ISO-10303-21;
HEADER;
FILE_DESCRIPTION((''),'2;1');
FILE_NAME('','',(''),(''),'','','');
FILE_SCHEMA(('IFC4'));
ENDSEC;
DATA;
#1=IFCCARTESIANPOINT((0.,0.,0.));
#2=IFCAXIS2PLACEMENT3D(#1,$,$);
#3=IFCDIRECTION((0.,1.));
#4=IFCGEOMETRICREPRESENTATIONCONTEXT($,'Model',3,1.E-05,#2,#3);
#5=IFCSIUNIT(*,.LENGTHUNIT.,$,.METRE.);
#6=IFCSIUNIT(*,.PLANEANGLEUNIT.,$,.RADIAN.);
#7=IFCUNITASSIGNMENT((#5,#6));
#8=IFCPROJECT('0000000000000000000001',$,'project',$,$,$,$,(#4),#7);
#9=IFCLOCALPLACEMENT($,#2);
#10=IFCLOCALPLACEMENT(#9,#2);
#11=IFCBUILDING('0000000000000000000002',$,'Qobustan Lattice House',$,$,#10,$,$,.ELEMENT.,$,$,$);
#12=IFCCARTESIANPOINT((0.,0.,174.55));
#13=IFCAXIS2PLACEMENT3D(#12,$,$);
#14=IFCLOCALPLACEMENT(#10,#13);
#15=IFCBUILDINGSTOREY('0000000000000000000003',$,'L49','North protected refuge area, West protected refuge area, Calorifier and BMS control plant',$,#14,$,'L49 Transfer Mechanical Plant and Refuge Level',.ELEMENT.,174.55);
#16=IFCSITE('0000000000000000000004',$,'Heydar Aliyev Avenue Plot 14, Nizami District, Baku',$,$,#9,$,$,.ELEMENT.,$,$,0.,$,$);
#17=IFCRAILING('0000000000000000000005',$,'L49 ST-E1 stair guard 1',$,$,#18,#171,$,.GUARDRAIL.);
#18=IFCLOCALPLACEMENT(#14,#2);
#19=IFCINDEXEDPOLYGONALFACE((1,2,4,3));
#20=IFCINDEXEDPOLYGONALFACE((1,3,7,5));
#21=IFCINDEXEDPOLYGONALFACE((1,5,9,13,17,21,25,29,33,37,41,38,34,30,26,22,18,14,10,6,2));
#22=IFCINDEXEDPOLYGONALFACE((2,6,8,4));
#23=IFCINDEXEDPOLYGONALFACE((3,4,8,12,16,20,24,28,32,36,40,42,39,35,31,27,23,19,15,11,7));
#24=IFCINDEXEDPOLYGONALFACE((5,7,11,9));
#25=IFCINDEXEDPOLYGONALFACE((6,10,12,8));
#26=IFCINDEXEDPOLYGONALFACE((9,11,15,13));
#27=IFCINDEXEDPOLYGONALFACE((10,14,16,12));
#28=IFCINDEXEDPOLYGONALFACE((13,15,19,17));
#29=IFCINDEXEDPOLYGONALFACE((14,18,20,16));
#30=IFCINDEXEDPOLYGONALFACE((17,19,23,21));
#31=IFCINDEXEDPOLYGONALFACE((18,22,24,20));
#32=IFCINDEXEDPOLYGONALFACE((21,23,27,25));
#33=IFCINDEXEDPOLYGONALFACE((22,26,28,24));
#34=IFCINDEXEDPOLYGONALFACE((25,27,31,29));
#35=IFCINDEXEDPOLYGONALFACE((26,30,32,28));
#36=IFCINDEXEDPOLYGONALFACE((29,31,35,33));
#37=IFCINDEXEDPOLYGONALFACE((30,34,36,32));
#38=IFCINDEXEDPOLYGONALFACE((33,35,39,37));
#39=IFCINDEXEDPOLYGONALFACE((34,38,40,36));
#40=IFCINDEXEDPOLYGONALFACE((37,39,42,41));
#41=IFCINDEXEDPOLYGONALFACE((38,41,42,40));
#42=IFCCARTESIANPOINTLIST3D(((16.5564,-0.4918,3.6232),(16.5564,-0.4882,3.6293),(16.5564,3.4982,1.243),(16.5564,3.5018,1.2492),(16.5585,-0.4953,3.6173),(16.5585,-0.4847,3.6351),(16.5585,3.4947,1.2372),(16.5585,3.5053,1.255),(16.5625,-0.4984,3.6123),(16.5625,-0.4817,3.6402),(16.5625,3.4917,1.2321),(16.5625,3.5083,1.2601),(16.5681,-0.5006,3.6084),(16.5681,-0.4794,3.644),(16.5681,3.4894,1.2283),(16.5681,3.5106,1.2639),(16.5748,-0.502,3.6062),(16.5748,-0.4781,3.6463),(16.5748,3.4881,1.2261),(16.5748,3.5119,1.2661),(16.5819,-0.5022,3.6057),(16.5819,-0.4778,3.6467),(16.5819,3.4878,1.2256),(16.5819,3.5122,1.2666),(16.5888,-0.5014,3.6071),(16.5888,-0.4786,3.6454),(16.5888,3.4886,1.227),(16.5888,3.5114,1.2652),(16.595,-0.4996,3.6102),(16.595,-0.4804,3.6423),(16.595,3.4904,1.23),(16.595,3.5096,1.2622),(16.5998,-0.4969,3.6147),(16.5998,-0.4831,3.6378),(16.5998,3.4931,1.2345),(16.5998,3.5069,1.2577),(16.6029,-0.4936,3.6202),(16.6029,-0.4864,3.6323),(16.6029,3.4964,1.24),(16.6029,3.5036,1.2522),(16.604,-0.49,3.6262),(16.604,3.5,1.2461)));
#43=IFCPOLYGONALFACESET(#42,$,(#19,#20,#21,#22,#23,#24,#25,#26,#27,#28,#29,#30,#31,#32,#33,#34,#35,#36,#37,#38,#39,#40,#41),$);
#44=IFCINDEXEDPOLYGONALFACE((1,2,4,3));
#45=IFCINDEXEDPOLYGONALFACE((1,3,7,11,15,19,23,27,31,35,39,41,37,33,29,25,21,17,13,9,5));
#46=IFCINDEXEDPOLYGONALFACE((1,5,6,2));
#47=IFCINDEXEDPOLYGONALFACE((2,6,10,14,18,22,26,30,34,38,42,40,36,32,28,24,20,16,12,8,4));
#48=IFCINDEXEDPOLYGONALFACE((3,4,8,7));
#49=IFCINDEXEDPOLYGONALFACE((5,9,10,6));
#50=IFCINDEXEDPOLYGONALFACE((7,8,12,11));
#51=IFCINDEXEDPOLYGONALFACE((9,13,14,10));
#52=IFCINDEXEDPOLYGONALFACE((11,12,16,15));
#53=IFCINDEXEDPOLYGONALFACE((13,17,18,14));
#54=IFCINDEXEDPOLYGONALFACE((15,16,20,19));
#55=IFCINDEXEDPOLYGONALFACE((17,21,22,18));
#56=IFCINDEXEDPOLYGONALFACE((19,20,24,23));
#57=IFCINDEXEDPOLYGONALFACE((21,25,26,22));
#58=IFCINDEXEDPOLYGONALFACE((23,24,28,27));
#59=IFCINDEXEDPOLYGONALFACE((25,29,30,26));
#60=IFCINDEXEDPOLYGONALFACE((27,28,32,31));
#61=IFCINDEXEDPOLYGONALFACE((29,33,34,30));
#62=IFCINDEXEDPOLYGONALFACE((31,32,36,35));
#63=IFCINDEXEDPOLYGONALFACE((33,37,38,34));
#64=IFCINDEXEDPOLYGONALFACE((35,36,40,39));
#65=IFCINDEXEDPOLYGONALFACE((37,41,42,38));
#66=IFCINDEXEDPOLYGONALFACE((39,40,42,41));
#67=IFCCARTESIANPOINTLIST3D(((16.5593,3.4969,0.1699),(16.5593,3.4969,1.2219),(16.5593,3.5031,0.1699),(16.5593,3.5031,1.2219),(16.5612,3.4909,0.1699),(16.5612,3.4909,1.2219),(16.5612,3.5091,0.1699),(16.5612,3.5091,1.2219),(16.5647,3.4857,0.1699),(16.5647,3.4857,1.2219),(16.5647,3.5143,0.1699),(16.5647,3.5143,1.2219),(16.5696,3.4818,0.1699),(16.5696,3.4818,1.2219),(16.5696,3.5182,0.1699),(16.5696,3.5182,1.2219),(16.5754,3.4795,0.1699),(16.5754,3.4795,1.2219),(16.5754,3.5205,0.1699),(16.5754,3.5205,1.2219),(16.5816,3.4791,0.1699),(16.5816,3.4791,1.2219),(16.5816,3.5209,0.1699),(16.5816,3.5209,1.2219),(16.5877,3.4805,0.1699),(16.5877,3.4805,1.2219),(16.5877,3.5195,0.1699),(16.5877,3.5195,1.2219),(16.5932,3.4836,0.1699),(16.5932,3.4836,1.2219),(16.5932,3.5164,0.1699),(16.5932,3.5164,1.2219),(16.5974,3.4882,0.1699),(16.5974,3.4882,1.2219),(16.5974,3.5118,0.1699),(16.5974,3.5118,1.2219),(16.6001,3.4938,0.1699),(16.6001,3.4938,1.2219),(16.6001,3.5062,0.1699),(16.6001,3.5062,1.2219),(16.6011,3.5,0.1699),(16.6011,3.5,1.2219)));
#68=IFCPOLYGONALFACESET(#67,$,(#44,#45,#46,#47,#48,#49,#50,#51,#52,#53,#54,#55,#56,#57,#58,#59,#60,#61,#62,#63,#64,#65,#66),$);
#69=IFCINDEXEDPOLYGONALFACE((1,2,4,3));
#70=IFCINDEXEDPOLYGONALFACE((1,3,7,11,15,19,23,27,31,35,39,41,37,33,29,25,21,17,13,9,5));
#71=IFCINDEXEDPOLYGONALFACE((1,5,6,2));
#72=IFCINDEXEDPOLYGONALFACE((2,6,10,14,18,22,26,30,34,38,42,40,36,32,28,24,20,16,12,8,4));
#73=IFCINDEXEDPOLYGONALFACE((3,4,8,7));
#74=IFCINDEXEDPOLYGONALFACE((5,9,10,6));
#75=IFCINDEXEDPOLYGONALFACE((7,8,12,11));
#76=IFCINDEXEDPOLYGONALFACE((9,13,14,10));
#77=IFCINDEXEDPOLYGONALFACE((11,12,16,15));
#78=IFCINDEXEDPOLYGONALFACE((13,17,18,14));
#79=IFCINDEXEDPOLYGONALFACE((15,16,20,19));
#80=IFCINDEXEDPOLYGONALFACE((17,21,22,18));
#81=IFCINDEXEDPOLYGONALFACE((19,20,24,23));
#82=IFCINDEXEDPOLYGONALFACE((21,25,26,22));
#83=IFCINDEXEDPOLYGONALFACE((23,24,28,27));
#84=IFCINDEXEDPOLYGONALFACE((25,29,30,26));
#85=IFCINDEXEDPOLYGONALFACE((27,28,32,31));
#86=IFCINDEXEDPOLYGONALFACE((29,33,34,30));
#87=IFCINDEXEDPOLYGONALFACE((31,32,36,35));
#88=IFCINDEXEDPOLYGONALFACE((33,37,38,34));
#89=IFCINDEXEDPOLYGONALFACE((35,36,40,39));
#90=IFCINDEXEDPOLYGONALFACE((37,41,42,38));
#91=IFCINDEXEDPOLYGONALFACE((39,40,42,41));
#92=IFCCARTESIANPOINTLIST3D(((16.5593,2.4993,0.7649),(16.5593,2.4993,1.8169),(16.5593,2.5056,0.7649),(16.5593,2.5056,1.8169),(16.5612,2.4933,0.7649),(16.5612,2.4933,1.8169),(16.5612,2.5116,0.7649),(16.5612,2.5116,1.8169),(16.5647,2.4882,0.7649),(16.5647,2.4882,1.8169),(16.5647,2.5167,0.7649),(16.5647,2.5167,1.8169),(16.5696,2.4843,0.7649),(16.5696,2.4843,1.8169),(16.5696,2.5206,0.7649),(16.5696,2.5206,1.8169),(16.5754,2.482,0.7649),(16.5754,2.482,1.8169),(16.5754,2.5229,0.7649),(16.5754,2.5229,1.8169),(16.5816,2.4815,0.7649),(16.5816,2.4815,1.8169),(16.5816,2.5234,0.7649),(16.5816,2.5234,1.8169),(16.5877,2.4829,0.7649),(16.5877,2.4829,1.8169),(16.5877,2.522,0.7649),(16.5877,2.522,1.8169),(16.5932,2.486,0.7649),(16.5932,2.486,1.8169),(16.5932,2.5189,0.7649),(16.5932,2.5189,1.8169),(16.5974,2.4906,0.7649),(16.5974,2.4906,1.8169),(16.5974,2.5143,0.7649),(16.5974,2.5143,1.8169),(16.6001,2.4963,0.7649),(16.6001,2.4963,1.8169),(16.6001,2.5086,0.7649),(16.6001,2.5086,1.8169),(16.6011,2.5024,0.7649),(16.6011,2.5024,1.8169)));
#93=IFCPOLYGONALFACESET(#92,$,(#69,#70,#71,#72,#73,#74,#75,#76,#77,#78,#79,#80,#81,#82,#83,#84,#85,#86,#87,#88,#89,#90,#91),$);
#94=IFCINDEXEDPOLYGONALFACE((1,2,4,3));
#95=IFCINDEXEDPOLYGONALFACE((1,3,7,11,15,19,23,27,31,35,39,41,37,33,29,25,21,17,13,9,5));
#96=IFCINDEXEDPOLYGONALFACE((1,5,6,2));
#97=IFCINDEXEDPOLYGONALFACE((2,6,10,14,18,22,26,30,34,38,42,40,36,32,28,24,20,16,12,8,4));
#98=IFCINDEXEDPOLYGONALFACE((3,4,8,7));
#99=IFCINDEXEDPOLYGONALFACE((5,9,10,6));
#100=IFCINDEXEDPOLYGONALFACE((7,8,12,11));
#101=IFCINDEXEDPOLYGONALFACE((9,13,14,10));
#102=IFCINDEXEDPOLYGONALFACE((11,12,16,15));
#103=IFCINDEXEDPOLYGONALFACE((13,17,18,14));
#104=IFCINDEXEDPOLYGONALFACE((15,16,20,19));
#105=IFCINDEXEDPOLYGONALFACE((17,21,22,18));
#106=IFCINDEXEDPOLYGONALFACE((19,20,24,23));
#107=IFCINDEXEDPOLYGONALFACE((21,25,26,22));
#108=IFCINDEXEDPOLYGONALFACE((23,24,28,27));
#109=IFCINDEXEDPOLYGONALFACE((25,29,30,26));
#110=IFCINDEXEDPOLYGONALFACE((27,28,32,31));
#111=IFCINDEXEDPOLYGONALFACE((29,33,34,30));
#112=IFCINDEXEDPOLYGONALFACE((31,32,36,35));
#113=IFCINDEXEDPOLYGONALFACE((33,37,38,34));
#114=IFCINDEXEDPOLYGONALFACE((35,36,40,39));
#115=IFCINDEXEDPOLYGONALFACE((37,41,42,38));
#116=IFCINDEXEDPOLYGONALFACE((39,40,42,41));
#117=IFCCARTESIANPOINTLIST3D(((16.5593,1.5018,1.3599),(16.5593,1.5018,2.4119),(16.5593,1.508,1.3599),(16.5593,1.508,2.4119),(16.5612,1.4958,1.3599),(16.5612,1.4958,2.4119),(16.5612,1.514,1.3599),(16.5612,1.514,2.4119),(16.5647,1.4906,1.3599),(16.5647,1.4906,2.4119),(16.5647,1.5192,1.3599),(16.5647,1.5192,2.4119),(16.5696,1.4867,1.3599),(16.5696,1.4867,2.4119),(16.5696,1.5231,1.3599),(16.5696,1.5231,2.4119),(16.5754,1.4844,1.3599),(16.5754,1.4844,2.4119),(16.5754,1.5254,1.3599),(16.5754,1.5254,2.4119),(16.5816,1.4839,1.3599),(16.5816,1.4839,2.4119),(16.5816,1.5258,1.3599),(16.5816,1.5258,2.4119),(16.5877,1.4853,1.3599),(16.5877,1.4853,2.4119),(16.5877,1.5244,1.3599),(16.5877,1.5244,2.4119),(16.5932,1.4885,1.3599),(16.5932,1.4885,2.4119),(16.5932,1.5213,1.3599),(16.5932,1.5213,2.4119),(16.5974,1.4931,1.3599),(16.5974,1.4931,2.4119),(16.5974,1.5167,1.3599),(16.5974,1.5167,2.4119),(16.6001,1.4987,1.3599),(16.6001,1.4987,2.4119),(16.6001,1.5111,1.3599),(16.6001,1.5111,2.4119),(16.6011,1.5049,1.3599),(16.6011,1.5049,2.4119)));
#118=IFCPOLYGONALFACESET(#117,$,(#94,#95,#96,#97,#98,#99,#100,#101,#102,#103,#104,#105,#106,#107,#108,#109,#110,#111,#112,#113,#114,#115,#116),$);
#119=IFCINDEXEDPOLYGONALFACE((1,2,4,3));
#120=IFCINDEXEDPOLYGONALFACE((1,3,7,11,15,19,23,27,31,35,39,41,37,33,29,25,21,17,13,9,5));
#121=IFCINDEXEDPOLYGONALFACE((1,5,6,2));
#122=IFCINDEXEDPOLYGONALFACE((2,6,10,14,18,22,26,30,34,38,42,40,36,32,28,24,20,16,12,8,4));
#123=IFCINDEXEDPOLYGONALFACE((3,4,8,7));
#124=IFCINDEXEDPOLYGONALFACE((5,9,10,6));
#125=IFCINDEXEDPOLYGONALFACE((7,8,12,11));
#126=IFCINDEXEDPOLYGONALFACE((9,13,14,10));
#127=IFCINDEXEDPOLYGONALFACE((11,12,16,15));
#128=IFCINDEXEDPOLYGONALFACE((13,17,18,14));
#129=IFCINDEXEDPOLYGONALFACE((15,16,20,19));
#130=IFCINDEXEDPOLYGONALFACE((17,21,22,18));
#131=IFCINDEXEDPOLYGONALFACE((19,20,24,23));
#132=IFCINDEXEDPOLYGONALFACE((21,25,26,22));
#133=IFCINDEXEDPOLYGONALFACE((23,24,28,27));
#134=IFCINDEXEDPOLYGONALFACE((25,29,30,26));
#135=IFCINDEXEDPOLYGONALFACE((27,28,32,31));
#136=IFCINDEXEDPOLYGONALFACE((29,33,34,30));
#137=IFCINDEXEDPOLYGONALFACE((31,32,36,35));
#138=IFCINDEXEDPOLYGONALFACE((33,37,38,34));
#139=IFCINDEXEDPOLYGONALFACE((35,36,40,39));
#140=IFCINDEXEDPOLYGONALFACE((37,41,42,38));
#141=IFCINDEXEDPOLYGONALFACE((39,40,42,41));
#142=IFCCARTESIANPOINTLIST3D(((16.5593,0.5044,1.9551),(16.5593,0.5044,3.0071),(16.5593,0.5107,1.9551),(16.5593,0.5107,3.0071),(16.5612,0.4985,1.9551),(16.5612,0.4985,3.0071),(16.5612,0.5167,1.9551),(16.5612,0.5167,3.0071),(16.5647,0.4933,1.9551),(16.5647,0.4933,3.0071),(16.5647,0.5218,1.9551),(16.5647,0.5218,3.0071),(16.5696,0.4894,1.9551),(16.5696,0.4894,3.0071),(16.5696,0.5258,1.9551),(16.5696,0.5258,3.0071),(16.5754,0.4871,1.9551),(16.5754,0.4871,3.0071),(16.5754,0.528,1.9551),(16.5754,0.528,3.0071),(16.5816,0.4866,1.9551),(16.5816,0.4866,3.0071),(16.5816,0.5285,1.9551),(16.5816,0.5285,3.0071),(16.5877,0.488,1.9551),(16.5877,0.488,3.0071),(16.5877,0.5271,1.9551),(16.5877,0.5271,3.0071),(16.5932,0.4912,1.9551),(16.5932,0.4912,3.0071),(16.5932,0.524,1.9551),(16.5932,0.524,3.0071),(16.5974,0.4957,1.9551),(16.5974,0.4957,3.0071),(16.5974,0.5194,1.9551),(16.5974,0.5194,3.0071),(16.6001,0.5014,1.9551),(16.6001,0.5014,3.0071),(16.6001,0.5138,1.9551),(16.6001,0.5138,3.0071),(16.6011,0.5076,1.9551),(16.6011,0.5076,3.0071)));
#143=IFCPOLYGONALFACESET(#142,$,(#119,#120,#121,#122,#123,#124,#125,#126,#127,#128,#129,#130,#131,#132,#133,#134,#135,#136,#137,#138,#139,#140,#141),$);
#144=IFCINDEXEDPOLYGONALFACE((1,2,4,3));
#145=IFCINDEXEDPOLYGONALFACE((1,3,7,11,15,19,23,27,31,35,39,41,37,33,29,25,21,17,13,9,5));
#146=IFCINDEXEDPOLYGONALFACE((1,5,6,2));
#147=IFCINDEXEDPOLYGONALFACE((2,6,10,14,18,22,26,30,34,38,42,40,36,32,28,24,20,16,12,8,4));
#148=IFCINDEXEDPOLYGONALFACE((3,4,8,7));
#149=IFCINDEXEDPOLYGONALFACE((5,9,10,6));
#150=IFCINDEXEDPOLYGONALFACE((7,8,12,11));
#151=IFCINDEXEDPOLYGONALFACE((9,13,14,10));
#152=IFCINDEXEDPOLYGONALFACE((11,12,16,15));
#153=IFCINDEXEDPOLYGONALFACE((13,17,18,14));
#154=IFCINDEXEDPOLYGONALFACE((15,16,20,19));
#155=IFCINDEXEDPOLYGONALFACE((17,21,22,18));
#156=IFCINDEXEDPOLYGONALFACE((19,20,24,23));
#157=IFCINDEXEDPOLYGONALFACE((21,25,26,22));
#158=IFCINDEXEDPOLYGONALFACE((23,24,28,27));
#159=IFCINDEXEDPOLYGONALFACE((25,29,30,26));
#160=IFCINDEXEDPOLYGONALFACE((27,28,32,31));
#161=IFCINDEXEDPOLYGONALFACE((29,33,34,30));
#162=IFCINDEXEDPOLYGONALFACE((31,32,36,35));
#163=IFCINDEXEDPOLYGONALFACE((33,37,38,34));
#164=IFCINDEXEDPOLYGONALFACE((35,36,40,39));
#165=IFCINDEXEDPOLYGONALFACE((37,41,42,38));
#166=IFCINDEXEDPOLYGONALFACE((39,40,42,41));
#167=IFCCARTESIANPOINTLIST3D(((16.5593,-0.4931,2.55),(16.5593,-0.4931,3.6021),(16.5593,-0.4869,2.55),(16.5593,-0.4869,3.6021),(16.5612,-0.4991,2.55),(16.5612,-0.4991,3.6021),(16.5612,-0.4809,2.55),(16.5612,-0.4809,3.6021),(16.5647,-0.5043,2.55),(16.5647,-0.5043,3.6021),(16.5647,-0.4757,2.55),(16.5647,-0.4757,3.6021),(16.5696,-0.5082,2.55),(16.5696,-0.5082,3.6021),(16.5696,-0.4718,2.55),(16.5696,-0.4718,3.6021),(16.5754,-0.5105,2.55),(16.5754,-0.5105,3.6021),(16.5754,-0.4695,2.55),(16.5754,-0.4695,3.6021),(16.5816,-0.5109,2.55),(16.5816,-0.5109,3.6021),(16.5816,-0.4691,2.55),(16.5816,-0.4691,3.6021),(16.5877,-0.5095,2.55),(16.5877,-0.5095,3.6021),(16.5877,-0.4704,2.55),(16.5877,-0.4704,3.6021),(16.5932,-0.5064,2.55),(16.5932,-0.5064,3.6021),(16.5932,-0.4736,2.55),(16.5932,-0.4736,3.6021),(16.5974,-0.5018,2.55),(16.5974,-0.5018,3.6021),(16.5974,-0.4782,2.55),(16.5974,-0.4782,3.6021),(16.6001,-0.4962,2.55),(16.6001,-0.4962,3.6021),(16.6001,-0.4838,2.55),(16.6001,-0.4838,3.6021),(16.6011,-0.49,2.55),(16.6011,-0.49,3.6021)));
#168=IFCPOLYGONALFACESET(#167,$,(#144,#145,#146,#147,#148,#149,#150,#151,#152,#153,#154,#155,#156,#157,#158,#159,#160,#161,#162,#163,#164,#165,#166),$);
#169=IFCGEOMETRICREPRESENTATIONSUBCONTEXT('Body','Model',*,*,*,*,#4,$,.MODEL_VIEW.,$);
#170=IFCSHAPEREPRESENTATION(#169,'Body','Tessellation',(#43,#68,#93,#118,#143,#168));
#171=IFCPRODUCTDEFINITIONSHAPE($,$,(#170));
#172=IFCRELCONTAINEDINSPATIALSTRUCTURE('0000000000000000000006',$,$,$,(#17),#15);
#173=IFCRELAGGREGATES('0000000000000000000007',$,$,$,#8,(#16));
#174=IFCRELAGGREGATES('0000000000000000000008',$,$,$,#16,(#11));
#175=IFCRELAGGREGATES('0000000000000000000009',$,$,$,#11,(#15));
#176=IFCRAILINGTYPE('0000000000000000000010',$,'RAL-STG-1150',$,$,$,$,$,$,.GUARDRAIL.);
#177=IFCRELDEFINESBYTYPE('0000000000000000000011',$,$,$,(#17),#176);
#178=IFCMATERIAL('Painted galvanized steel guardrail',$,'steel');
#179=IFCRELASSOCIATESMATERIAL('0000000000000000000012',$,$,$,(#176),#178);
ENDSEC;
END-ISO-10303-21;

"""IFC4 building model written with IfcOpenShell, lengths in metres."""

from ifc_helpers import new_model, si_unit, direction, frame, origin, origin_2d, place, context, subcontext, project, spatial, circle, extrude, material, type_object, element, save


model = new_model("IFC4")

# Units and contexts
model_context = context("Model", 3, precision=1e-05, world=origin(), true_north=direction((0.0, 1.0)))
body_context = subcontext(model_context, "Body", "Model", "MODEL_VIEW")
ifc_project = project(units=[si_unit("LENGTHUNIT", "METRE"), si_unit("PLANEANGLEUNIT", "RADIAN")], contexts=[model_context])

# Site, building, storey
site_placement = place(None, origin())
site = spatial("IfcSite", under=ifc_project, at=site_placement, Name="Heydar Aliyev Avenue Plot 14, Nizami District, Baku", CompositionType="ELEMENT", RefElevation=0.0)
building_placement = place(site_placement, origin())
building = spatial("IfcBuilding", under=site, at=building_placement, Name="Qobustan Lattice House", CompositionType="ELEMENT")
storey_placement = place(building_placement, frame((0.0, 0.0, 174.55)))
storey = spatial("IfcBuildingStorey", under=building, at=storey_placement, Name="L49", Description="North protected refuge area, West protected refuge area, Calorifier and BMS control plant", LongName="L49 Transfer Mechanical Plant and Refuge Level", CompositionType="ELEMENT", Elevation=174.55)

# Railing
ifc_material_1 = material(Name="Painted galvanized steel guardrail", Category="steel")
railing_type_1 = type_object("IfcRailingType", Name="RAL-STG-1150", PredefinedType="GUARDRAIL", material=ifc_material_1)
railing_1_placement = place(storey_placement, frame((16.5801, 3.5, 0.1699)))
element("IfcRailing", 1, at=railing_1_placement, inside=storey, type_object=railing_type_1, Name="L49 ST-E1 stair guard 1", PredefinedType="GUARDRAIL", context=body_context, shape_type="SweptSolid", body=[
    extrude(circle(Radius=0.0239, at=origin_2d()), frame((0.0, 0.0, 1.0762), z_axis=(0.0, -0.858807, 0.512299), x_axis=(1.0, 0.0, 0.0)), (0.0, 0.0, 1.0), 4.646),
    extrude(circle(Radius=0.021, at=origin_2d()), origin(), (0.0, 0.0, 1.0), 1.052),
    extrude(circle(Radius=0.021, at=origin_2d()), frame((0.0, -0.9976, 0.595)), (0.0, 0.0, 1.0), 1.052),
    extrude(circle(Radius=0.021, at=origin_2d()), frame((0.0, -1.9951, 1.1899)), (0.0, 0.0, 1.0), 1.052),
    extrude(circle(Radius=0.021, at=origin_2d()), frame((0.0, -2.9924, 1.7852)), (0.0, 0.0, 1.0), 1.052),
    extrude(circle(Radius=0.021, at=origin_2d()), frame((0.0, -3.99, 2.3801)), (0.0, 0.0, 1.0), 1.052),
])

save(model, "model.ifc")
